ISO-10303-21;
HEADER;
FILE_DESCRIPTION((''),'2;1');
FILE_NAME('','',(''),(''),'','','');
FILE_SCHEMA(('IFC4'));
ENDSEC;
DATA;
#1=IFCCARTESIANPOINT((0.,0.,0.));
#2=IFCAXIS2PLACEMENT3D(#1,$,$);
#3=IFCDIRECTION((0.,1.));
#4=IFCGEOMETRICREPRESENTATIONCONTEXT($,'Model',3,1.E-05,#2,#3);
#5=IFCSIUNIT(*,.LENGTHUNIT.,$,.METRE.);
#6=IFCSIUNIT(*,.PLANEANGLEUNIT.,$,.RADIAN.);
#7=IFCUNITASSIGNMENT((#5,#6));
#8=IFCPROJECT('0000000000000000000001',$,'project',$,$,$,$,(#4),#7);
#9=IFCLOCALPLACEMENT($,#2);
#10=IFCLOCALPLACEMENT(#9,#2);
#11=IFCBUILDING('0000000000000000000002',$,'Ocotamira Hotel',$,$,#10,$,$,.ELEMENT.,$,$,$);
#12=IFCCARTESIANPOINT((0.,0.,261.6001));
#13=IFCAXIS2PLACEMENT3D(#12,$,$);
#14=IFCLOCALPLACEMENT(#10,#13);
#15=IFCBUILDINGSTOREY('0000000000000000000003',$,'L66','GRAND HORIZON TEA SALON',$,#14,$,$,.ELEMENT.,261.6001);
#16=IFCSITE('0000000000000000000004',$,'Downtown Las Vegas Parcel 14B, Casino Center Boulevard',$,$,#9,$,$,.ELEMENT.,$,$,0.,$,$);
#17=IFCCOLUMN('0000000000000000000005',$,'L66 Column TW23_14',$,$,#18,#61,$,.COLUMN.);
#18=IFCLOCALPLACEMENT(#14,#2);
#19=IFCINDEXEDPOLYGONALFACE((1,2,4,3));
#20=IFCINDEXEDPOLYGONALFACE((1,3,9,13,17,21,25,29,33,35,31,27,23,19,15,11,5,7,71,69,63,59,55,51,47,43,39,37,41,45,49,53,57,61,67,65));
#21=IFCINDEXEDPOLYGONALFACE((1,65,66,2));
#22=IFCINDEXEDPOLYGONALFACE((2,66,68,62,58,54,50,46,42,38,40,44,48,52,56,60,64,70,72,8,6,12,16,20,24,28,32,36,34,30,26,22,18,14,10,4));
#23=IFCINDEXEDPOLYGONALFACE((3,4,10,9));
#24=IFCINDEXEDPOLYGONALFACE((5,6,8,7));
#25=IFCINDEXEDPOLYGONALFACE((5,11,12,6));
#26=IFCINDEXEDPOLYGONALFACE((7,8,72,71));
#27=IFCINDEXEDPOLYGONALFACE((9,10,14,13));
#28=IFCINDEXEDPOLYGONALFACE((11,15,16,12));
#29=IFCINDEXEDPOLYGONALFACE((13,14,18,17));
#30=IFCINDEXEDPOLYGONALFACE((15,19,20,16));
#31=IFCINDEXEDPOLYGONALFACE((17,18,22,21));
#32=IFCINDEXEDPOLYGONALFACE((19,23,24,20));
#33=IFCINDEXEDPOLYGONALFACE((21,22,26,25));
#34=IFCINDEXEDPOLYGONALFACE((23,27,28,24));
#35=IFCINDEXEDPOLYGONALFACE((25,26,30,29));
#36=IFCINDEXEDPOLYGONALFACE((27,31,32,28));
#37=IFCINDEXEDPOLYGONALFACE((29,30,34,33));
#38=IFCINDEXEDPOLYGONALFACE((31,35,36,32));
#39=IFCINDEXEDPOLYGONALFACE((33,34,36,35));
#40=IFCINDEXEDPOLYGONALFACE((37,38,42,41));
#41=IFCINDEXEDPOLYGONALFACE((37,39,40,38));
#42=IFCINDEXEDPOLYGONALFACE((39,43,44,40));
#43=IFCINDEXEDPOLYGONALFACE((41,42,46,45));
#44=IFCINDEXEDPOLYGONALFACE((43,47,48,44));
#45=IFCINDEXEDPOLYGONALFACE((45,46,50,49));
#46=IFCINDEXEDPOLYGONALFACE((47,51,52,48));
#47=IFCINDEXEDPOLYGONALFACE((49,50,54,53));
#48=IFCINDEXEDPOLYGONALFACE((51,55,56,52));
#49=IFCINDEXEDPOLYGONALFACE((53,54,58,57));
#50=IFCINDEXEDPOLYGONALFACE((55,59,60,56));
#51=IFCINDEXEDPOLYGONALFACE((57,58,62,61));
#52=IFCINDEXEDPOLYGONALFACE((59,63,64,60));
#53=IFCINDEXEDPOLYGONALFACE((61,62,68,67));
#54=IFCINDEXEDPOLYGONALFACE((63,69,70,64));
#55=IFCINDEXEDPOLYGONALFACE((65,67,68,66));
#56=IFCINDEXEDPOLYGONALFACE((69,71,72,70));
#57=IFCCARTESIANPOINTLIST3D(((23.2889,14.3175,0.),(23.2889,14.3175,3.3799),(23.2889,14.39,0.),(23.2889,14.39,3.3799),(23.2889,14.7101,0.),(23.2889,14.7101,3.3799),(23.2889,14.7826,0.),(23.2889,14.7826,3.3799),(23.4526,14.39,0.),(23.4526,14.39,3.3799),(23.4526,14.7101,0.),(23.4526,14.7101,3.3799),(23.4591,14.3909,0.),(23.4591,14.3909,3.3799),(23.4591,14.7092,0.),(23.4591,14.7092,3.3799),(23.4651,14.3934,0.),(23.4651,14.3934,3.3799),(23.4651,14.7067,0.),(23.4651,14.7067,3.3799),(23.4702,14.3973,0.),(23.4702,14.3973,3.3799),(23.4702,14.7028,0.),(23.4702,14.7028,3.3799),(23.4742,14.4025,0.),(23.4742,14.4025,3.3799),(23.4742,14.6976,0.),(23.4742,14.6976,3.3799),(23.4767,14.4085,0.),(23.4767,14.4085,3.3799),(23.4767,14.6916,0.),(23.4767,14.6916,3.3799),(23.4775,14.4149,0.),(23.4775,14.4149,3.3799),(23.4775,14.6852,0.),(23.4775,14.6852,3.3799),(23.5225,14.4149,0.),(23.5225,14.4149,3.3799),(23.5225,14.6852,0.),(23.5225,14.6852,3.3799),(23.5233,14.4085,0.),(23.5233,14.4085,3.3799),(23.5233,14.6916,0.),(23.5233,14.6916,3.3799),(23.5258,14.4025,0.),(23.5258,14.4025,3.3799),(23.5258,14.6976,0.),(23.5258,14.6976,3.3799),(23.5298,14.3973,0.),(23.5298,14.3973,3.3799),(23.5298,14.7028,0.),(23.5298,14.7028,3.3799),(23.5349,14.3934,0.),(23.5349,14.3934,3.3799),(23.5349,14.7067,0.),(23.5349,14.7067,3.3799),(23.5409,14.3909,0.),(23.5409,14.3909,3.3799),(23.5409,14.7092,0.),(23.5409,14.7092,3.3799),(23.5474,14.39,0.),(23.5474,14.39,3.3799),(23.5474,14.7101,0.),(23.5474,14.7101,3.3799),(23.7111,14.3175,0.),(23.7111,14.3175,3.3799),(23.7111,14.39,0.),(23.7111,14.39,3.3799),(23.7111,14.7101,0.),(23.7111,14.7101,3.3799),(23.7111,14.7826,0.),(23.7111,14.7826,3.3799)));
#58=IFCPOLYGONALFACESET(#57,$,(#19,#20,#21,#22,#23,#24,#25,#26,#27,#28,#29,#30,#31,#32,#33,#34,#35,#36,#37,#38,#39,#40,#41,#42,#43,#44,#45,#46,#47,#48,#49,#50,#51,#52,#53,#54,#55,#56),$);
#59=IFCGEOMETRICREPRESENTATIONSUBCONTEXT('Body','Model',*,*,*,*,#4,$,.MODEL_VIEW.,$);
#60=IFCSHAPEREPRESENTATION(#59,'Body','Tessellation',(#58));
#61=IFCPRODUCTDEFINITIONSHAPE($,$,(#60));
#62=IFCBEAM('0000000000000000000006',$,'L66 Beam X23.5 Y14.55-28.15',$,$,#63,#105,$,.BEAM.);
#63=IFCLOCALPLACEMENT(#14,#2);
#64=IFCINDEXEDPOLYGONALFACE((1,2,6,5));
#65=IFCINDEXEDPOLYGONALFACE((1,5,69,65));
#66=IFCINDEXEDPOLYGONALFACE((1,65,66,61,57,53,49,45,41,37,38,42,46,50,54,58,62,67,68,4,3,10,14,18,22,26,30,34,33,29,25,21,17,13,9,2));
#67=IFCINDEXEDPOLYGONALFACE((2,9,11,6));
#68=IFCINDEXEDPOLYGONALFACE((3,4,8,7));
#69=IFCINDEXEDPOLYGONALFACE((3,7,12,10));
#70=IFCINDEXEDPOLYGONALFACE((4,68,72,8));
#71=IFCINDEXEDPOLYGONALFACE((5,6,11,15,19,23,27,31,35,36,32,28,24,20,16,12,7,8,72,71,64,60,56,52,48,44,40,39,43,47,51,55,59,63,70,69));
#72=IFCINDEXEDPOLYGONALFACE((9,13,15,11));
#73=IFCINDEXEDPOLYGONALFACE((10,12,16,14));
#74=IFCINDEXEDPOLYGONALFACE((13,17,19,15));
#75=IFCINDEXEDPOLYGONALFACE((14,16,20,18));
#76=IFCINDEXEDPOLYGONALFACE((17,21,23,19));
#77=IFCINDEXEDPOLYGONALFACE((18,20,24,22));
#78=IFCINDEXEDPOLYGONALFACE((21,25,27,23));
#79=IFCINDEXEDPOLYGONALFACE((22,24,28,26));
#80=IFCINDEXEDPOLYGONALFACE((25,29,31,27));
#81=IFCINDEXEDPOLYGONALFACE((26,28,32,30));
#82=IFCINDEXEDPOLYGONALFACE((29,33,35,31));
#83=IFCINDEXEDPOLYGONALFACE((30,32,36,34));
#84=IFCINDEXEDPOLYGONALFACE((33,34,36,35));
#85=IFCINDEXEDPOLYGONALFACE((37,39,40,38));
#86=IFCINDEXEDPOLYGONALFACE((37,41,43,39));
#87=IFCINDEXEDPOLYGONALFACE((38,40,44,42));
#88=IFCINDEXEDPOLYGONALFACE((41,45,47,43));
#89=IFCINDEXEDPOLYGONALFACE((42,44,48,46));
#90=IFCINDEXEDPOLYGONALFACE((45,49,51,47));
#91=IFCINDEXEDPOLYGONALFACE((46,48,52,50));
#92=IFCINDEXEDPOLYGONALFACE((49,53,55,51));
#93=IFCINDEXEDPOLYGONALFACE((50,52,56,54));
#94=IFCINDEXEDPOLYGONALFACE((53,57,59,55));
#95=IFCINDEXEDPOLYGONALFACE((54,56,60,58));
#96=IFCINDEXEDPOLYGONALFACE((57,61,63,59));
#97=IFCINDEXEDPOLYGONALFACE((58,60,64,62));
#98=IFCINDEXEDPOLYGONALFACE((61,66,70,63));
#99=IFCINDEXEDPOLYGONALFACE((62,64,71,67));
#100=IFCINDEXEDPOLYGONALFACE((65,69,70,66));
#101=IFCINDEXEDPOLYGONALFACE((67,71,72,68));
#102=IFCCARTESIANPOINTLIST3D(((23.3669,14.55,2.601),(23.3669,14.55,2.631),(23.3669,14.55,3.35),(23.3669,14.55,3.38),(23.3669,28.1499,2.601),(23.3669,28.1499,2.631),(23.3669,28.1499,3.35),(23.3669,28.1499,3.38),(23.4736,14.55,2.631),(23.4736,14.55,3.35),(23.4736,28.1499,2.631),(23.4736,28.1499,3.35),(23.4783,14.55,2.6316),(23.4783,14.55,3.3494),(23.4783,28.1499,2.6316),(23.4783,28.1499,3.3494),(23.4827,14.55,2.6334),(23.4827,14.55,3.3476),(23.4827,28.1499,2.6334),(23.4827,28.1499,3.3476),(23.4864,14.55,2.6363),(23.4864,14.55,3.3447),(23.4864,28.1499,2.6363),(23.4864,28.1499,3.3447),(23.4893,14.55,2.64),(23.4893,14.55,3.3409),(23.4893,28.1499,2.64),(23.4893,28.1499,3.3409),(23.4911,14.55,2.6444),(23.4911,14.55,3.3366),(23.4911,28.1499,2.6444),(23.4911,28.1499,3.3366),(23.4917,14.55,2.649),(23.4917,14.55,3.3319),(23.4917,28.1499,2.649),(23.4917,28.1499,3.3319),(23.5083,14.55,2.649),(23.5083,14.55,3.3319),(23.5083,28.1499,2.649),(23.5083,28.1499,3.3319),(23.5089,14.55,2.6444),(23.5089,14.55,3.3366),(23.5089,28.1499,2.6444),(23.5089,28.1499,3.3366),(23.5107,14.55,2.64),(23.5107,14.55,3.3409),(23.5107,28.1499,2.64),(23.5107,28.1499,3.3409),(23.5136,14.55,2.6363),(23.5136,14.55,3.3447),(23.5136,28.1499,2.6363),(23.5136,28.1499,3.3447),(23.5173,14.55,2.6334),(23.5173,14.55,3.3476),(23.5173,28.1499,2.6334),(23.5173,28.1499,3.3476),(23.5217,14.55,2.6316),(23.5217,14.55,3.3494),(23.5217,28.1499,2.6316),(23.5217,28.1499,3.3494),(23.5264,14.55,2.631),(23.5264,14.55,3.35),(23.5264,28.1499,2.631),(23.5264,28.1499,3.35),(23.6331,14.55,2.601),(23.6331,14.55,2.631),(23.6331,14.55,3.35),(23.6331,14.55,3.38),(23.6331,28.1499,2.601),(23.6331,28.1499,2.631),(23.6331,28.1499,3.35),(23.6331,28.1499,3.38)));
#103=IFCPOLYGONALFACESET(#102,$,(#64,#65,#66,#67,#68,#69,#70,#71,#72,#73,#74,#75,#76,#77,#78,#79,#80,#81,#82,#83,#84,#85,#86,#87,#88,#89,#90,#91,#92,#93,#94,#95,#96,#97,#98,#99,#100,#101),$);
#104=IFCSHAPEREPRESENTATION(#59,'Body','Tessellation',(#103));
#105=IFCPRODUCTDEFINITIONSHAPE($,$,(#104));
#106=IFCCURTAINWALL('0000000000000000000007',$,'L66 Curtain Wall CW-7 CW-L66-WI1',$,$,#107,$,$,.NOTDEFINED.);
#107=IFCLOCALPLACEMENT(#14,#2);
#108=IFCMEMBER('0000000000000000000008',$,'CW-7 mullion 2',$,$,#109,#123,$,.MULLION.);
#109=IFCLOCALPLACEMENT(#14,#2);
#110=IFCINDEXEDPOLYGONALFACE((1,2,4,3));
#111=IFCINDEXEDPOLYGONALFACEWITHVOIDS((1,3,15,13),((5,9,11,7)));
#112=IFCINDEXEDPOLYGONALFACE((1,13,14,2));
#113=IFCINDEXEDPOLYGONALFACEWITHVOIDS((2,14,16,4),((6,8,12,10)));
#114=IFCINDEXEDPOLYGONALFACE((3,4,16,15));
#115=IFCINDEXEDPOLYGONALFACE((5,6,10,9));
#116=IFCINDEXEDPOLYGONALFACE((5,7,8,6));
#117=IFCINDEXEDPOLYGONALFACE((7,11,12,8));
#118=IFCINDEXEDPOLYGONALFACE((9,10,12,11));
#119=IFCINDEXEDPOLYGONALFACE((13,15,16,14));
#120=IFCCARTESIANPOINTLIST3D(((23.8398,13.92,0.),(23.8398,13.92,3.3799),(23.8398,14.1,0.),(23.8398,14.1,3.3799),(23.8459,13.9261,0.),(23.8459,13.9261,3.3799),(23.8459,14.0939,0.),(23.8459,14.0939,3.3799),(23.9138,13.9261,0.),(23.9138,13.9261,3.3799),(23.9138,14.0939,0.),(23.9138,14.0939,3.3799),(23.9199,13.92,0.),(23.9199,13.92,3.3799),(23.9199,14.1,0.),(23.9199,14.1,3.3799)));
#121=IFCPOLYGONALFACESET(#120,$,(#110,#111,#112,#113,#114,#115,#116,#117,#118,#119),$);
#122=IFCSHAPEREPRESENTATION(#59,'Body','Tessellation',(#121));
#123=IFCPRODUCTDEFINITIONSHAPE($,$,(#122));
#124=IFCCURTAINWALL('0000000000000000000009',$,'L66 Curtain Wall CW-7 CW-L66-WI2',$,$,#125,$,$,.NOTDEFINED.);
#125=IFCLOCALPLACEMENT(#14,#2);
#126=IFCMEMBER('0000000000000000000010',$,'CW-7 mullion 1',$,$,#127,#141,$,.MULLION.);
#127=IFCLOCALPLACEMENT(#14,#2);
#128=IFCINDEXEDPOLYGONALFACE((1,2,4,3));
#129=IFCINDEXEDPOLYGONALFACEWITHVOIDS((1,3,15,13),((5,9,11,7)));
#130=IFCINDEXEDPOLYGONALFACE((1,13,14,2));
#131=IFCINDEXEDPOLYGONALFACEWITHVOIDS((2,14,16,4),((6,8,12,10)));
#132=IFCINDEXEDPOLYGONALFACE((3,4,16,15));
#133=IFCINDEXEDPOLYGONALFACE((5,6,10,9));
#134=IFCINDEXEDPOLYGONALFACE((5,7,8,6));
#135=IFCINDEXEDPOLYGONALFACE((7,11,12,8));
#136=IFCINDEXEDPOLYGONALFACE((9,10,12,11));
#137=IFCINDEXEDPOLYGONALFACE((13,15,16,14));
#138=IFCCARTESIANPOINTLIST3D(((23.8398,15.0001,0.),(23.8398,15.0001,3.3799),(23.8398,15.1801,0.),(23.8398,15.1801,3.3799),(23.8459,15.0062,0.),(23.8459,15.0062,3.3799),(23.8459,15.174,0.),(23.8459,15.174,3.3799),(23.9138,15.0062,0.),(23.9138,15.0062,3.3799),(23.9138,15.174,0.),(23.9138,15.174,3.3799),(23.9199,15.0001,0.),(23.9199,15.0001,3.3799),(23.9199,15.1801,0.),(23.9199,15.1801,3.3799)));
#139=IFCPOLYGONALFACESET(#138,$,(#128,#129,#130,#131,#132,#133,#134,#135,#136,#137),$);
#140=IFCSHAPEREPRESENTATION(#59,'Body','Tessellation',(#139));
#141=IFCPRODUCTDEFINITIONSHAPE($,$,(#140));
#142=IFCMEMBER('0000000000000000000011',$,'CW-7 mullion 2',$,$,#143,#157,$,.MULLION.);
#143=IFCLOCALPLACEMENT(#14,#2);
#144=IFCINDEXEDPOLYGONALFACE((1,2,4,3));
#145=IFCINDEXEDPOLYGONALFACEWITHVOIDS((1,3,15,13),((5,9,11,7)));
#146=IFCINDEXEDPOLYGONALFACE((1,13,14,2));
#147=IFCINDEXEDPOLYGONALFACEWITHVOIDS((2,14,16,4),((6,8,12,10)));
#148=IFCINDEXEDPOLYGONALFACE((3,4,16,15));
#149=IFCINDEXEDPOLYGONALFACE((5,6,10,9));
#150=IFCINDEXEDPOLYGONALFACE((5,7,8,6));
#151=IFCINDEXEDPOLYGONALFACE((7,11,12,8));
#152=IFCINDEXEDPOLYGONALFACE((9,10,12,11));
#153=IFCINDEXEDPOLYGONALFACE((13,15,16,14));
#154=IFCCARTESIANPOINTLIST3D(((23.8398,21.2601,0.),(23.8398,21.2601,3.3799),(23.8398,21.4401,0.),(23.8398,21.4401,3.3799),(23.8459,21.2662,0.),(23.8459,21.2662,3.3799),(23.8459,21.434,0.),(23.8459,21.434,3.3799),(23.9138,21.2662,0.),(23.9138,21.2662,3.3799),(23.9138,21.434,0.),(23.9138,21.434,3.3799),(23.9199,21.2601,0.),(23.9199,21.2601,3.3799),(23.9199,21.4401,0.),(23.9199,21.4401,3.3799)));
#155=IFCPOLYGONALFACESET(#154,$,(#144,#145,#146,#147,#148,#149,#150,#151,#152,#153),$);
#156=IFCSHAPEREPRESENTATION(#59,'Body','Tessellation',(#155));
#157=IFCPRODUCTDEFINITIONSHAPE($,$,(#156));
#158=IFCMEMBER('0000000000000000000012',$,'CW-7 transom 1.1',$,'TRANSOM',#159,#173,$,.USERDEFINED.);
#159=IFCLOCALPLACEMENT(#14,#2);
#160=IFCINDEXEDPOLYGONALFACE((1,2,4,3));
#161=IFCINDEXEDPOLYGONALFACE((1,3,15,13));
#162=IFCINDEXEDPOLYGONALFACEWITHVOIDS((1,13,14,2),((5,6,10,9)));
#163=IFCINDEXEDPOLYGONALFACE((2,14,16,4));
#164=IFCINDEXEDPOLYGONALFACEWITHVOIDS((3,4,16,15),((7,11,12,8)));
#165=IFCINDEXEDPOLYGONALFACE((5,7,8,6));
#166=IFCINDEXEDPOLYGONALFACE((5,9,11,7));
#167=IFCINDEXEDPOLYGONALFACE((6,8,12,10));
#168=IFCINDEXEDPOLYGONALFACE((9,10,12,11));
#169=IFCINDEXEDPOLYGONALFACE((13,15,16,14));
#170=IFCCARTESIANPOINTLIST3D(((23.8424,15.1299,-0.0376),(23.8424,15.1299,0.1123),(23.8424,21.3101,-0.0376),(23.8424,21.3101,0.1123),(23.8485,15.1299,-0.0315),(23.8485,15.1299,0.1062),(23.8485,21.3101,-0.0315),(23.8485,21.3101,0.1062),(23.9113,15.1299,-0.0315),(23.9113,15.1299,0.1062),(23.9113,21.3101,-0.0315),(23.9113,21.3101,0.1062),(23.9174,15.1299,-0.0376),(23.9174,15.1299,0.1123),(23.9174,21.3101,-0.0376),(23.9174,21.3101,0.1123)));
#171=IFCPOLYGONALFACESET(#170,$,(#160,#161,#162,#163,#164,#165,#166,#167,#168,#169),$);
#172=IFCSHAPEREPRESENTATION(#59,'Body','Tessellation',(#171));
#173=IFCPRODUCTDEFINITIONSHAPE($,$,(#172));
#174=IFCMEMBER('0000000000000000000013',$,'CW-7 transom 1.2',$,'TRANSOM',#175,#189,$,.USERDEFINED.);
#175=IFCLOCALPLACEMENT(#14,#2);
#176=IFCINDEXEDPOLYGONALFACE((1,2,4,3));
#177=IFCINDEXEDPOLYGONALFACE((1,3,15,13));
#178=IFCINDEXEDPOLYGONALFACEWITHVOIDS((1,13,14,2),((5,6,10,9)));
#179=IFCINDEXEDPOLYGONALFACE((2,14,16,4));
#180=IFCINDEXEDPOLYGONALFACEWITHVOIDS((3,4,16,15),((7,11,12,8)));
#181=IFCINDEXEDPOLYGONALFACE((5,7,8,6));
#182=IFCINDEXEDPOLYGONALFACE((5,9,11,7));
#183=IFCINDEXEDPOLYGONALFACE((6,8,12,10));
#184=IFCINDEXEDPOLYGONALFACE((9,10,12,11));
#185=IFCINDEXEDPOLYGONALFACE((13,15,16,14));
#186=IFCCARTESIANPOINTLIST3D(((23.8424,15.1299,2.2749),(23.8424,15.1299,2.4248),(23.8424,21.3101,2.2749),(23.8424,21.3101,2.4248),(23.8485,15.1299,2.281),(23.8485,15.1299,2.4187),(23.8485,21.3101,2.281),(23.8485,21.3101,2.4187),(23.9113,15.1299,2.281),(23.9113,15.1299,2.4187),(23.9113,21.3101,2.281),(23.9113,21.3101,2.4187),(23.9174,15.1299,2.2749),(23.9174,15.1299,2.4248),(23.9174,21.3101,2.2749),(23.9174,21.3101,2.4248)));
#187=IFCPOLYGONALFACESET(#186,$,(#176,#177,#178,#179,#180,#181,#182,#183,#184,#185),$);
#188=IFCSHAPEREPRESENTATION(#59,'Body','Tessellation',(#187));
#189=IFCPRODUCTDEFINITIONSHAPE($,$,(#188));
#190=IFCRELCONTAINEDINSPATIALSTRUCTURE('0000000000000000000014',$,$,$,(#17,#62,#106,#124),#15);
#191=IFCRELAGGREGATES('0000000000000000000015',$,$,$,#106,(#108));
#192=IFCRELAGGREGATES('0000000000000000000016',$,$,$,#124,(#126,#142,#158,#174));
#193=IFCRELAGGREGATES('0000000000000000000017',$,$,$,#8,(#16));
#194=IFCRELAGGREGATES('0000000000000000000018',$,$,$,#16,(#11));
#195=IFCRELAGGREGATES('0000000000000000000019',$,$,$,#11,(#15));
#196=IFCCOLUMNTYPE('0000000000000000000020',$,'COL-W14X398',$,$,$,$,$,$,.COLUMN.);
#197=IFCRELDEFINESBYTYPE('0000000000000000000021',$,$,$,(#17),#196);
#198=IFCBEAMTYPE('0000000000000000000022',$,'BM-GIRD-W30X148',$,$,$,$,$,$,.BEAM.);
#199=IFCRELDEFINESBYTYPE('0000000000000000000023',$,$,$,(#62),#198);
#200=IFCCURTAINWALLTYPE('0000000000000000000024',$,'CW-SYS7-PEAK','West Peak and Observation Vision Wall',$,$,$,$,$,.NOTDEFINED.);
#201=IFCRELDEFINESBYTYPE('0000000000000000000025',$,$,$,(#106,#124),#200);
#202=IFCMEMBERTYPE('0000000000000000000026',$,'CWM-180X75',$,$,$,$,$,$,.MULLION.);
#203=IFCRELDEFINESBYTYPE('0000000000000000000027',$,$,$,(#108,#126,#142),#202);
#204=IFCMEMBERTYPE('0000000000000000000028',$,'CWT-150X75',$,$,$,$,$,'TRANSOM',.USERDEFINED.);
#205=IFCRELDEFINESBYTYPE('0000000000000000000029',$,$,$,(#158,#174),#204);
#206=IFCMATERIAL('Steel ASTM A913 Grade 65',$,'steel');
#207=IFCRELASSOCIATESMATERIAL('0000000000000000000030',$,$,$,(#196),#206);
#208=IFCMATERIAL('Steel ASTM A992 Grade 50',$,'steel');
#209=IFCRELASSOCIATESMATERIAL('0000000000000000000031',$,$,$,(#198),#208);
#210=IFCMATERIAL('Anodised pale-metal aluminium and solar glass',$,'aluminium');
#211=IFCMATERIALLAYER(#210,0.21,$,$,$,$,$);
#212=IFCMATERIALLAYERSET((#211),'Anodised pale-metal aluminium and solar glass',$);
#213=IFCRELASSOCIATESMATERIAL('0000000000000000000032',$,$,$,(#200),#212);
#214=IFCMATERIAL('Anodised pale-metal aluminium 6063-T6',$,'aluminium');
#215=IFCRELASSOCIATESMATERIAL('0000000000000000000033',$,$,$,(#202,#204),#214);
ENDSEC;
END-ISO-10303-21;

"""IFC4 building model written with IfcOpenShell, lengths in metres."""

from ifc_helpers import new_model, si_unit, direction, frame, origin, origin_2d, place, context, subcontext, project, spatial, hollow_rectangle, i_section, extrude, source, transform, mapped, material, layer, layer_set, material_profile, profile_set, type_object, element, aggregate, save


model = new_model("IFC4")

# Units and contexts
model_context = context("Model", 3, precision=1e-05, world=origin(), true_north=direction((0.0, 1.0)))
body_context = subcontext(model_context, "Body", "Model", "MODEL_VIEW")
ifc_project = project(units=[si_unit("LENGTHUNIT", "METRE"), si_unit("PLANEANGLEUNIT", "RADIAN")], contexts=[model_context])

# Site, building, storey
site_placement = place(None, origin())
site = spatial("IfcSite", under=ifc_project, at=site_placement, Name="Downtown Las Vegas Parcel 14B, Casino Center Boulevard", CompositionType="ELEMENT", RefElevation=0.0)
building_placement = place(site_placement, origin())
building = spatial("IfcBuilding", under=site, at=building_placement, Name="Ocotamira Hotel", CompositionType="ELEMENT")
storey_placement = place(building_placement, frame((0.0, 0.0, 261.6001)))
storey = spatial("IfcBuildingStorey", under=building, at=storey_placement, Name="L66", Description="GRAND HORIZON TEA SALON", CompositionType="ELEMENT", Elevation=261.6001)

# Column
ifc_material_1 = material(Name="Steel ASTM A913 Grade 65", Category="steel")
ifc_material_profile_1 = material_profile(ifc_material_1, i_section(OverallWidth=0.4221, OverallDepth=0.4651, WebThickness=0.0449, FlangeThickness=0.0725, FilletRadius=0.0249, at=origin_2d()), Name="W14X398")
ifc_profile_set_1 = profile_set([ifc_material_profile_1], Name="Steel ASTM A913 Grade 65")
column_type = type_object("IfcColumnType", Name="COL-W14X398", PredefinedType="COLUMN", material=ifc_profile_set_1)
shared_shape_1 = source(origin(), body_context, "Body", "SweptSolid", [
    extrude(i_section(OverallWidth=0.4221, OverallDepth=0.4651, WebThickness=0.0449, FlangeThickness=0.0725, FilletRadius=0.0249, at=origin_2d()), origin(), (0.0, 0.0, 1.0), 3.3799),
])
column_placement = place(storey_placement, frame((23.5, 14.55, 0.0), z_axis=(0.0, 0.0, 1.0), x_axis=(1.0, 0.0, 0.0)))
element("IfcColumn", 1, at=column_placement, inside=storey, type_object=column_type, Name="L66 Column TW23_14", PredefinedType="COLUMN", context=body_context, shape_type="MappedRepresentation", body=[
    mapped(shared_shape_1, transform((0.0, 0.0, 0.0), scale=1.0)),
])

# Beam
ifc_material_2 = material(Name="Steel ASTM A992 Grade 50", Category="steel")
ifc_material_profile_2 = material_profile(ifc_material_2, i_section(OverallWidth=0.2661, OverallDepth=0.7791, WebThickness=0.0166, FlangeThickness=0.03, FilletRadius=0.0181, at=origin_2d()), Name="W30X148")
ifc_profile_set_2 = profile_set([ifc_material_profile_2], Name="Steel ASTM A992 Grade 50")
beam_type = type_object("IfcBeamType", Name="BM-GIRD-W30X148", PredefinedType="BEAM", material=ifc_profile_set_2)
shared_shape_2 = source(origin(), body_context, "Body", "SweptSolid", [
    extrude(i_section(OverallWidth=0.2661, OverallDepth=0.7791, WebThickness=0.0166, FlangeThickness=0.03, FilletRadius=0.0181, at=origin_2d()), origin(), (0.0, 0.0, 1.0), 13.5999),
])
beam_placement = place(storey_placement, frame((23.5, 14.55, 2.9905), z_axis=(0.0, 1.0, 0.0), x_axis=(-1.0, 0.0, 0.0)))
element("IfcBeam", 2, at=beam_placement, inside=storey, type_object=beam_type, Name="L66 Beam X23.5 Y14.55-28.15", PredefinedType="BEAM", context=body_context, shape_type="MappedRepresentation", body=[
    mapped(shared_shape_2, transform((0.0, 0.0, 0.0), scale=1.0)),
])

# Curtain wall, member
ifc_material_3 = material(Name="Anodised pale-metal aluminium and solar glass", Category="aluminium")
ifc_layer_1 = layer(ifc_material_3, 0.21)
ifc_layer_set_1 = layer_set([ifc_layer_1], Name="Anodised pale-metal aluminium and solar glass")
curtain_wall_type = type_object("IfcCurtainWallType", Name="CW-SYS7-PEAK", Description="West Peak and Observation Vision Wall", PredefinedType="NOTDEFINED", material=ifc_layer_set_1)
curtain_wall_1_placement = place(storey_placement, origin())
curtain_wall_1 = element("IfcCurtainWall", 3, at=curtain_wall_1_placement, inside=storey, type_object=curtain_wall_type, Name="L66 Curtain Wall CW-7 CW-L66-WI1", PredefinedType="NOTDEFINED")
ifc_material_4 = material(Name="Anodised pale-metal aluminium 6063-T6", Category="aluminium")
ifc_material_profile_3 = material_profile(ifc_material_4, hollow_rectangle(XDim=0.0801, YDim=0.1799, WallThickness=0.0061, at=origin_2d()), Name="HSS180X80X6")
ifc_profile_set_3 = profile_set([ifc_material_profile_3], Name="Anodised pale-metal aluminium 6063-T6")
member_type_1 = type_object("IfcMemberType", Name="CWM-180X75", PredefinedType="MULLION", material=ifc_profile_set_3)
shared_shape_3 = source(origin(), body_context, "Body", "SweptSolid", [
    extrude(hollow_rectangle(XDim=0.0801, YDim=0.1799, WallThickness=0.0061, at=origin_2d()), origin(), (0.0, 0.0, 1.0), 3.3799),
])
member_1_placement = place(storey_placement, frame((23.8799, 14.01, 0.0), z_axis=(0.0, 0.0, 1.0), x_axis=(-1.0, 0.0, 0.0)))
member_1 = element("IfcMember", 4, at=member_1_placement, type_object=member_type_1, Name="CW-7 mullion 2", PredefinedType="MULLION", context=body_context, shape_type="MappedRepresentation", body=[
    mapped(shared_shape_3, transform((0.0, 0.0, 0.0), scale=1.0)),
])

# Curtain wall, members
curtain_wall_2_placement = place(storey_placement, origin())
curtain_wall_2 = element("IfcCurtainWall", 5, at=curtain_wall_2_placement, inside=storey, type_object=curtain_wall_type, Name="L66 Curtain Wall CW-7 CW-L66-WI2", PredefinedType="NOTDEFINED")
member_2_placement = place(storey_placement, frame((23.8799, 15.0901, 0.0), z_axis=(0.0, 0.0, 1.0), x_axis=(-1.0, 0.0, 0.0)))
member_2 = element("IfcMember", 6, at=member_2_placement, type_object=member_type_1, Name="CW-7 mullion 1", PredefinedType="MULLION", context=body_context, shape_type="MappedRepresentation", body=[
    mapped(shared_shape_3, transform((0.0, 0.0, 0.0), scale=1.0)),
])
member_3_placement = place(storey_placement, frame((23.8799, 21.3501, 0.0), z_axis=(0.0, 0.0, 1.0), x_axis=(-1.0, 0.0, 0.0)))
member_3 = element("IfcMember", 7, at=member_3_placement, type_object=member_type_1, Name="CW-7 mullion 2", PredefinedType="MULLION", context=body_context, shape_type="MappedRepresentation", body=[
    mapped(shared_shape_3, transform((0.0, 0.0, 0.0), scale=1.0)),
])
ifc_material_profile_4 = material_profile(ifc_material_4, hollow_rectangle(XDim=0.075, YDim=0.1499, WallThickness=0.0061, at=origin_2d()), Name="HSS150X75X6")
ifc_profile_set_4 = profile_set([ifc_material_profile_4], Name="Anodised pale-metal aluminium 6063-T6")
member_type_2 = type_object("IfcMemberType", Name="CWT-150X75", ElementType="TRANSOM", PredefinedType="USERDEFINED", material=ifc_profile_set_4)
shared_shape_4 = source(origin(), body_context, "Body", "SweptSolid", [
    extrude(hollow_rectangle(XDim=0.075, YDim=0.1499, WallThickness=0.0061, at=origin_2d()), origin(), (0.0, 0.0, 1.0), 6.1802),
])
member_4_placement = place(storey_placement, frame((23.8799, 15.1299, 0.0374), z_axis=(0.0, 1.0, 0.0), x_axis=(-1.0, 0.0, 0.0)))
member_4 = element("IfcMember", 8, at=member_4_placement, type_object=member_type_2, Name="CW-7 transom 1.1", ObjectType="TRANSOM", PredefinedType="USERDEFINED", context=body_context, shape_type="MappedRepresentation", body=[
    mapped(shared_shape_4, transform((0.0, 0.0, 0.0), scale=1.0)),
])
member_5_placement = place(storey_placement, frame((23.8799, 15.1299, 2.3499), z_axis=(0.0, 1.0, 0.0), x_axis=(-1.0, 0.0, 0.0)))
member_5 = element("IfcMember", 9, at=member_5_placement, type_object=member_type_2, Name="CW-7 transom 1.2", ObjectType="TRANSOM", PredefinedType="USERDEFINED", context=body_context, shape_type="MappedRepresentation", body=[
    mapped(shared_shape_4, transform((0.0, 0.0, 0.0), scale=1.0)),
])

aggregate(curtain_wall_1, [member_1])
aggregate(curtain_wall_2, [member_2, member_3, member_4, member_5])

save(model, "model.ifc")
